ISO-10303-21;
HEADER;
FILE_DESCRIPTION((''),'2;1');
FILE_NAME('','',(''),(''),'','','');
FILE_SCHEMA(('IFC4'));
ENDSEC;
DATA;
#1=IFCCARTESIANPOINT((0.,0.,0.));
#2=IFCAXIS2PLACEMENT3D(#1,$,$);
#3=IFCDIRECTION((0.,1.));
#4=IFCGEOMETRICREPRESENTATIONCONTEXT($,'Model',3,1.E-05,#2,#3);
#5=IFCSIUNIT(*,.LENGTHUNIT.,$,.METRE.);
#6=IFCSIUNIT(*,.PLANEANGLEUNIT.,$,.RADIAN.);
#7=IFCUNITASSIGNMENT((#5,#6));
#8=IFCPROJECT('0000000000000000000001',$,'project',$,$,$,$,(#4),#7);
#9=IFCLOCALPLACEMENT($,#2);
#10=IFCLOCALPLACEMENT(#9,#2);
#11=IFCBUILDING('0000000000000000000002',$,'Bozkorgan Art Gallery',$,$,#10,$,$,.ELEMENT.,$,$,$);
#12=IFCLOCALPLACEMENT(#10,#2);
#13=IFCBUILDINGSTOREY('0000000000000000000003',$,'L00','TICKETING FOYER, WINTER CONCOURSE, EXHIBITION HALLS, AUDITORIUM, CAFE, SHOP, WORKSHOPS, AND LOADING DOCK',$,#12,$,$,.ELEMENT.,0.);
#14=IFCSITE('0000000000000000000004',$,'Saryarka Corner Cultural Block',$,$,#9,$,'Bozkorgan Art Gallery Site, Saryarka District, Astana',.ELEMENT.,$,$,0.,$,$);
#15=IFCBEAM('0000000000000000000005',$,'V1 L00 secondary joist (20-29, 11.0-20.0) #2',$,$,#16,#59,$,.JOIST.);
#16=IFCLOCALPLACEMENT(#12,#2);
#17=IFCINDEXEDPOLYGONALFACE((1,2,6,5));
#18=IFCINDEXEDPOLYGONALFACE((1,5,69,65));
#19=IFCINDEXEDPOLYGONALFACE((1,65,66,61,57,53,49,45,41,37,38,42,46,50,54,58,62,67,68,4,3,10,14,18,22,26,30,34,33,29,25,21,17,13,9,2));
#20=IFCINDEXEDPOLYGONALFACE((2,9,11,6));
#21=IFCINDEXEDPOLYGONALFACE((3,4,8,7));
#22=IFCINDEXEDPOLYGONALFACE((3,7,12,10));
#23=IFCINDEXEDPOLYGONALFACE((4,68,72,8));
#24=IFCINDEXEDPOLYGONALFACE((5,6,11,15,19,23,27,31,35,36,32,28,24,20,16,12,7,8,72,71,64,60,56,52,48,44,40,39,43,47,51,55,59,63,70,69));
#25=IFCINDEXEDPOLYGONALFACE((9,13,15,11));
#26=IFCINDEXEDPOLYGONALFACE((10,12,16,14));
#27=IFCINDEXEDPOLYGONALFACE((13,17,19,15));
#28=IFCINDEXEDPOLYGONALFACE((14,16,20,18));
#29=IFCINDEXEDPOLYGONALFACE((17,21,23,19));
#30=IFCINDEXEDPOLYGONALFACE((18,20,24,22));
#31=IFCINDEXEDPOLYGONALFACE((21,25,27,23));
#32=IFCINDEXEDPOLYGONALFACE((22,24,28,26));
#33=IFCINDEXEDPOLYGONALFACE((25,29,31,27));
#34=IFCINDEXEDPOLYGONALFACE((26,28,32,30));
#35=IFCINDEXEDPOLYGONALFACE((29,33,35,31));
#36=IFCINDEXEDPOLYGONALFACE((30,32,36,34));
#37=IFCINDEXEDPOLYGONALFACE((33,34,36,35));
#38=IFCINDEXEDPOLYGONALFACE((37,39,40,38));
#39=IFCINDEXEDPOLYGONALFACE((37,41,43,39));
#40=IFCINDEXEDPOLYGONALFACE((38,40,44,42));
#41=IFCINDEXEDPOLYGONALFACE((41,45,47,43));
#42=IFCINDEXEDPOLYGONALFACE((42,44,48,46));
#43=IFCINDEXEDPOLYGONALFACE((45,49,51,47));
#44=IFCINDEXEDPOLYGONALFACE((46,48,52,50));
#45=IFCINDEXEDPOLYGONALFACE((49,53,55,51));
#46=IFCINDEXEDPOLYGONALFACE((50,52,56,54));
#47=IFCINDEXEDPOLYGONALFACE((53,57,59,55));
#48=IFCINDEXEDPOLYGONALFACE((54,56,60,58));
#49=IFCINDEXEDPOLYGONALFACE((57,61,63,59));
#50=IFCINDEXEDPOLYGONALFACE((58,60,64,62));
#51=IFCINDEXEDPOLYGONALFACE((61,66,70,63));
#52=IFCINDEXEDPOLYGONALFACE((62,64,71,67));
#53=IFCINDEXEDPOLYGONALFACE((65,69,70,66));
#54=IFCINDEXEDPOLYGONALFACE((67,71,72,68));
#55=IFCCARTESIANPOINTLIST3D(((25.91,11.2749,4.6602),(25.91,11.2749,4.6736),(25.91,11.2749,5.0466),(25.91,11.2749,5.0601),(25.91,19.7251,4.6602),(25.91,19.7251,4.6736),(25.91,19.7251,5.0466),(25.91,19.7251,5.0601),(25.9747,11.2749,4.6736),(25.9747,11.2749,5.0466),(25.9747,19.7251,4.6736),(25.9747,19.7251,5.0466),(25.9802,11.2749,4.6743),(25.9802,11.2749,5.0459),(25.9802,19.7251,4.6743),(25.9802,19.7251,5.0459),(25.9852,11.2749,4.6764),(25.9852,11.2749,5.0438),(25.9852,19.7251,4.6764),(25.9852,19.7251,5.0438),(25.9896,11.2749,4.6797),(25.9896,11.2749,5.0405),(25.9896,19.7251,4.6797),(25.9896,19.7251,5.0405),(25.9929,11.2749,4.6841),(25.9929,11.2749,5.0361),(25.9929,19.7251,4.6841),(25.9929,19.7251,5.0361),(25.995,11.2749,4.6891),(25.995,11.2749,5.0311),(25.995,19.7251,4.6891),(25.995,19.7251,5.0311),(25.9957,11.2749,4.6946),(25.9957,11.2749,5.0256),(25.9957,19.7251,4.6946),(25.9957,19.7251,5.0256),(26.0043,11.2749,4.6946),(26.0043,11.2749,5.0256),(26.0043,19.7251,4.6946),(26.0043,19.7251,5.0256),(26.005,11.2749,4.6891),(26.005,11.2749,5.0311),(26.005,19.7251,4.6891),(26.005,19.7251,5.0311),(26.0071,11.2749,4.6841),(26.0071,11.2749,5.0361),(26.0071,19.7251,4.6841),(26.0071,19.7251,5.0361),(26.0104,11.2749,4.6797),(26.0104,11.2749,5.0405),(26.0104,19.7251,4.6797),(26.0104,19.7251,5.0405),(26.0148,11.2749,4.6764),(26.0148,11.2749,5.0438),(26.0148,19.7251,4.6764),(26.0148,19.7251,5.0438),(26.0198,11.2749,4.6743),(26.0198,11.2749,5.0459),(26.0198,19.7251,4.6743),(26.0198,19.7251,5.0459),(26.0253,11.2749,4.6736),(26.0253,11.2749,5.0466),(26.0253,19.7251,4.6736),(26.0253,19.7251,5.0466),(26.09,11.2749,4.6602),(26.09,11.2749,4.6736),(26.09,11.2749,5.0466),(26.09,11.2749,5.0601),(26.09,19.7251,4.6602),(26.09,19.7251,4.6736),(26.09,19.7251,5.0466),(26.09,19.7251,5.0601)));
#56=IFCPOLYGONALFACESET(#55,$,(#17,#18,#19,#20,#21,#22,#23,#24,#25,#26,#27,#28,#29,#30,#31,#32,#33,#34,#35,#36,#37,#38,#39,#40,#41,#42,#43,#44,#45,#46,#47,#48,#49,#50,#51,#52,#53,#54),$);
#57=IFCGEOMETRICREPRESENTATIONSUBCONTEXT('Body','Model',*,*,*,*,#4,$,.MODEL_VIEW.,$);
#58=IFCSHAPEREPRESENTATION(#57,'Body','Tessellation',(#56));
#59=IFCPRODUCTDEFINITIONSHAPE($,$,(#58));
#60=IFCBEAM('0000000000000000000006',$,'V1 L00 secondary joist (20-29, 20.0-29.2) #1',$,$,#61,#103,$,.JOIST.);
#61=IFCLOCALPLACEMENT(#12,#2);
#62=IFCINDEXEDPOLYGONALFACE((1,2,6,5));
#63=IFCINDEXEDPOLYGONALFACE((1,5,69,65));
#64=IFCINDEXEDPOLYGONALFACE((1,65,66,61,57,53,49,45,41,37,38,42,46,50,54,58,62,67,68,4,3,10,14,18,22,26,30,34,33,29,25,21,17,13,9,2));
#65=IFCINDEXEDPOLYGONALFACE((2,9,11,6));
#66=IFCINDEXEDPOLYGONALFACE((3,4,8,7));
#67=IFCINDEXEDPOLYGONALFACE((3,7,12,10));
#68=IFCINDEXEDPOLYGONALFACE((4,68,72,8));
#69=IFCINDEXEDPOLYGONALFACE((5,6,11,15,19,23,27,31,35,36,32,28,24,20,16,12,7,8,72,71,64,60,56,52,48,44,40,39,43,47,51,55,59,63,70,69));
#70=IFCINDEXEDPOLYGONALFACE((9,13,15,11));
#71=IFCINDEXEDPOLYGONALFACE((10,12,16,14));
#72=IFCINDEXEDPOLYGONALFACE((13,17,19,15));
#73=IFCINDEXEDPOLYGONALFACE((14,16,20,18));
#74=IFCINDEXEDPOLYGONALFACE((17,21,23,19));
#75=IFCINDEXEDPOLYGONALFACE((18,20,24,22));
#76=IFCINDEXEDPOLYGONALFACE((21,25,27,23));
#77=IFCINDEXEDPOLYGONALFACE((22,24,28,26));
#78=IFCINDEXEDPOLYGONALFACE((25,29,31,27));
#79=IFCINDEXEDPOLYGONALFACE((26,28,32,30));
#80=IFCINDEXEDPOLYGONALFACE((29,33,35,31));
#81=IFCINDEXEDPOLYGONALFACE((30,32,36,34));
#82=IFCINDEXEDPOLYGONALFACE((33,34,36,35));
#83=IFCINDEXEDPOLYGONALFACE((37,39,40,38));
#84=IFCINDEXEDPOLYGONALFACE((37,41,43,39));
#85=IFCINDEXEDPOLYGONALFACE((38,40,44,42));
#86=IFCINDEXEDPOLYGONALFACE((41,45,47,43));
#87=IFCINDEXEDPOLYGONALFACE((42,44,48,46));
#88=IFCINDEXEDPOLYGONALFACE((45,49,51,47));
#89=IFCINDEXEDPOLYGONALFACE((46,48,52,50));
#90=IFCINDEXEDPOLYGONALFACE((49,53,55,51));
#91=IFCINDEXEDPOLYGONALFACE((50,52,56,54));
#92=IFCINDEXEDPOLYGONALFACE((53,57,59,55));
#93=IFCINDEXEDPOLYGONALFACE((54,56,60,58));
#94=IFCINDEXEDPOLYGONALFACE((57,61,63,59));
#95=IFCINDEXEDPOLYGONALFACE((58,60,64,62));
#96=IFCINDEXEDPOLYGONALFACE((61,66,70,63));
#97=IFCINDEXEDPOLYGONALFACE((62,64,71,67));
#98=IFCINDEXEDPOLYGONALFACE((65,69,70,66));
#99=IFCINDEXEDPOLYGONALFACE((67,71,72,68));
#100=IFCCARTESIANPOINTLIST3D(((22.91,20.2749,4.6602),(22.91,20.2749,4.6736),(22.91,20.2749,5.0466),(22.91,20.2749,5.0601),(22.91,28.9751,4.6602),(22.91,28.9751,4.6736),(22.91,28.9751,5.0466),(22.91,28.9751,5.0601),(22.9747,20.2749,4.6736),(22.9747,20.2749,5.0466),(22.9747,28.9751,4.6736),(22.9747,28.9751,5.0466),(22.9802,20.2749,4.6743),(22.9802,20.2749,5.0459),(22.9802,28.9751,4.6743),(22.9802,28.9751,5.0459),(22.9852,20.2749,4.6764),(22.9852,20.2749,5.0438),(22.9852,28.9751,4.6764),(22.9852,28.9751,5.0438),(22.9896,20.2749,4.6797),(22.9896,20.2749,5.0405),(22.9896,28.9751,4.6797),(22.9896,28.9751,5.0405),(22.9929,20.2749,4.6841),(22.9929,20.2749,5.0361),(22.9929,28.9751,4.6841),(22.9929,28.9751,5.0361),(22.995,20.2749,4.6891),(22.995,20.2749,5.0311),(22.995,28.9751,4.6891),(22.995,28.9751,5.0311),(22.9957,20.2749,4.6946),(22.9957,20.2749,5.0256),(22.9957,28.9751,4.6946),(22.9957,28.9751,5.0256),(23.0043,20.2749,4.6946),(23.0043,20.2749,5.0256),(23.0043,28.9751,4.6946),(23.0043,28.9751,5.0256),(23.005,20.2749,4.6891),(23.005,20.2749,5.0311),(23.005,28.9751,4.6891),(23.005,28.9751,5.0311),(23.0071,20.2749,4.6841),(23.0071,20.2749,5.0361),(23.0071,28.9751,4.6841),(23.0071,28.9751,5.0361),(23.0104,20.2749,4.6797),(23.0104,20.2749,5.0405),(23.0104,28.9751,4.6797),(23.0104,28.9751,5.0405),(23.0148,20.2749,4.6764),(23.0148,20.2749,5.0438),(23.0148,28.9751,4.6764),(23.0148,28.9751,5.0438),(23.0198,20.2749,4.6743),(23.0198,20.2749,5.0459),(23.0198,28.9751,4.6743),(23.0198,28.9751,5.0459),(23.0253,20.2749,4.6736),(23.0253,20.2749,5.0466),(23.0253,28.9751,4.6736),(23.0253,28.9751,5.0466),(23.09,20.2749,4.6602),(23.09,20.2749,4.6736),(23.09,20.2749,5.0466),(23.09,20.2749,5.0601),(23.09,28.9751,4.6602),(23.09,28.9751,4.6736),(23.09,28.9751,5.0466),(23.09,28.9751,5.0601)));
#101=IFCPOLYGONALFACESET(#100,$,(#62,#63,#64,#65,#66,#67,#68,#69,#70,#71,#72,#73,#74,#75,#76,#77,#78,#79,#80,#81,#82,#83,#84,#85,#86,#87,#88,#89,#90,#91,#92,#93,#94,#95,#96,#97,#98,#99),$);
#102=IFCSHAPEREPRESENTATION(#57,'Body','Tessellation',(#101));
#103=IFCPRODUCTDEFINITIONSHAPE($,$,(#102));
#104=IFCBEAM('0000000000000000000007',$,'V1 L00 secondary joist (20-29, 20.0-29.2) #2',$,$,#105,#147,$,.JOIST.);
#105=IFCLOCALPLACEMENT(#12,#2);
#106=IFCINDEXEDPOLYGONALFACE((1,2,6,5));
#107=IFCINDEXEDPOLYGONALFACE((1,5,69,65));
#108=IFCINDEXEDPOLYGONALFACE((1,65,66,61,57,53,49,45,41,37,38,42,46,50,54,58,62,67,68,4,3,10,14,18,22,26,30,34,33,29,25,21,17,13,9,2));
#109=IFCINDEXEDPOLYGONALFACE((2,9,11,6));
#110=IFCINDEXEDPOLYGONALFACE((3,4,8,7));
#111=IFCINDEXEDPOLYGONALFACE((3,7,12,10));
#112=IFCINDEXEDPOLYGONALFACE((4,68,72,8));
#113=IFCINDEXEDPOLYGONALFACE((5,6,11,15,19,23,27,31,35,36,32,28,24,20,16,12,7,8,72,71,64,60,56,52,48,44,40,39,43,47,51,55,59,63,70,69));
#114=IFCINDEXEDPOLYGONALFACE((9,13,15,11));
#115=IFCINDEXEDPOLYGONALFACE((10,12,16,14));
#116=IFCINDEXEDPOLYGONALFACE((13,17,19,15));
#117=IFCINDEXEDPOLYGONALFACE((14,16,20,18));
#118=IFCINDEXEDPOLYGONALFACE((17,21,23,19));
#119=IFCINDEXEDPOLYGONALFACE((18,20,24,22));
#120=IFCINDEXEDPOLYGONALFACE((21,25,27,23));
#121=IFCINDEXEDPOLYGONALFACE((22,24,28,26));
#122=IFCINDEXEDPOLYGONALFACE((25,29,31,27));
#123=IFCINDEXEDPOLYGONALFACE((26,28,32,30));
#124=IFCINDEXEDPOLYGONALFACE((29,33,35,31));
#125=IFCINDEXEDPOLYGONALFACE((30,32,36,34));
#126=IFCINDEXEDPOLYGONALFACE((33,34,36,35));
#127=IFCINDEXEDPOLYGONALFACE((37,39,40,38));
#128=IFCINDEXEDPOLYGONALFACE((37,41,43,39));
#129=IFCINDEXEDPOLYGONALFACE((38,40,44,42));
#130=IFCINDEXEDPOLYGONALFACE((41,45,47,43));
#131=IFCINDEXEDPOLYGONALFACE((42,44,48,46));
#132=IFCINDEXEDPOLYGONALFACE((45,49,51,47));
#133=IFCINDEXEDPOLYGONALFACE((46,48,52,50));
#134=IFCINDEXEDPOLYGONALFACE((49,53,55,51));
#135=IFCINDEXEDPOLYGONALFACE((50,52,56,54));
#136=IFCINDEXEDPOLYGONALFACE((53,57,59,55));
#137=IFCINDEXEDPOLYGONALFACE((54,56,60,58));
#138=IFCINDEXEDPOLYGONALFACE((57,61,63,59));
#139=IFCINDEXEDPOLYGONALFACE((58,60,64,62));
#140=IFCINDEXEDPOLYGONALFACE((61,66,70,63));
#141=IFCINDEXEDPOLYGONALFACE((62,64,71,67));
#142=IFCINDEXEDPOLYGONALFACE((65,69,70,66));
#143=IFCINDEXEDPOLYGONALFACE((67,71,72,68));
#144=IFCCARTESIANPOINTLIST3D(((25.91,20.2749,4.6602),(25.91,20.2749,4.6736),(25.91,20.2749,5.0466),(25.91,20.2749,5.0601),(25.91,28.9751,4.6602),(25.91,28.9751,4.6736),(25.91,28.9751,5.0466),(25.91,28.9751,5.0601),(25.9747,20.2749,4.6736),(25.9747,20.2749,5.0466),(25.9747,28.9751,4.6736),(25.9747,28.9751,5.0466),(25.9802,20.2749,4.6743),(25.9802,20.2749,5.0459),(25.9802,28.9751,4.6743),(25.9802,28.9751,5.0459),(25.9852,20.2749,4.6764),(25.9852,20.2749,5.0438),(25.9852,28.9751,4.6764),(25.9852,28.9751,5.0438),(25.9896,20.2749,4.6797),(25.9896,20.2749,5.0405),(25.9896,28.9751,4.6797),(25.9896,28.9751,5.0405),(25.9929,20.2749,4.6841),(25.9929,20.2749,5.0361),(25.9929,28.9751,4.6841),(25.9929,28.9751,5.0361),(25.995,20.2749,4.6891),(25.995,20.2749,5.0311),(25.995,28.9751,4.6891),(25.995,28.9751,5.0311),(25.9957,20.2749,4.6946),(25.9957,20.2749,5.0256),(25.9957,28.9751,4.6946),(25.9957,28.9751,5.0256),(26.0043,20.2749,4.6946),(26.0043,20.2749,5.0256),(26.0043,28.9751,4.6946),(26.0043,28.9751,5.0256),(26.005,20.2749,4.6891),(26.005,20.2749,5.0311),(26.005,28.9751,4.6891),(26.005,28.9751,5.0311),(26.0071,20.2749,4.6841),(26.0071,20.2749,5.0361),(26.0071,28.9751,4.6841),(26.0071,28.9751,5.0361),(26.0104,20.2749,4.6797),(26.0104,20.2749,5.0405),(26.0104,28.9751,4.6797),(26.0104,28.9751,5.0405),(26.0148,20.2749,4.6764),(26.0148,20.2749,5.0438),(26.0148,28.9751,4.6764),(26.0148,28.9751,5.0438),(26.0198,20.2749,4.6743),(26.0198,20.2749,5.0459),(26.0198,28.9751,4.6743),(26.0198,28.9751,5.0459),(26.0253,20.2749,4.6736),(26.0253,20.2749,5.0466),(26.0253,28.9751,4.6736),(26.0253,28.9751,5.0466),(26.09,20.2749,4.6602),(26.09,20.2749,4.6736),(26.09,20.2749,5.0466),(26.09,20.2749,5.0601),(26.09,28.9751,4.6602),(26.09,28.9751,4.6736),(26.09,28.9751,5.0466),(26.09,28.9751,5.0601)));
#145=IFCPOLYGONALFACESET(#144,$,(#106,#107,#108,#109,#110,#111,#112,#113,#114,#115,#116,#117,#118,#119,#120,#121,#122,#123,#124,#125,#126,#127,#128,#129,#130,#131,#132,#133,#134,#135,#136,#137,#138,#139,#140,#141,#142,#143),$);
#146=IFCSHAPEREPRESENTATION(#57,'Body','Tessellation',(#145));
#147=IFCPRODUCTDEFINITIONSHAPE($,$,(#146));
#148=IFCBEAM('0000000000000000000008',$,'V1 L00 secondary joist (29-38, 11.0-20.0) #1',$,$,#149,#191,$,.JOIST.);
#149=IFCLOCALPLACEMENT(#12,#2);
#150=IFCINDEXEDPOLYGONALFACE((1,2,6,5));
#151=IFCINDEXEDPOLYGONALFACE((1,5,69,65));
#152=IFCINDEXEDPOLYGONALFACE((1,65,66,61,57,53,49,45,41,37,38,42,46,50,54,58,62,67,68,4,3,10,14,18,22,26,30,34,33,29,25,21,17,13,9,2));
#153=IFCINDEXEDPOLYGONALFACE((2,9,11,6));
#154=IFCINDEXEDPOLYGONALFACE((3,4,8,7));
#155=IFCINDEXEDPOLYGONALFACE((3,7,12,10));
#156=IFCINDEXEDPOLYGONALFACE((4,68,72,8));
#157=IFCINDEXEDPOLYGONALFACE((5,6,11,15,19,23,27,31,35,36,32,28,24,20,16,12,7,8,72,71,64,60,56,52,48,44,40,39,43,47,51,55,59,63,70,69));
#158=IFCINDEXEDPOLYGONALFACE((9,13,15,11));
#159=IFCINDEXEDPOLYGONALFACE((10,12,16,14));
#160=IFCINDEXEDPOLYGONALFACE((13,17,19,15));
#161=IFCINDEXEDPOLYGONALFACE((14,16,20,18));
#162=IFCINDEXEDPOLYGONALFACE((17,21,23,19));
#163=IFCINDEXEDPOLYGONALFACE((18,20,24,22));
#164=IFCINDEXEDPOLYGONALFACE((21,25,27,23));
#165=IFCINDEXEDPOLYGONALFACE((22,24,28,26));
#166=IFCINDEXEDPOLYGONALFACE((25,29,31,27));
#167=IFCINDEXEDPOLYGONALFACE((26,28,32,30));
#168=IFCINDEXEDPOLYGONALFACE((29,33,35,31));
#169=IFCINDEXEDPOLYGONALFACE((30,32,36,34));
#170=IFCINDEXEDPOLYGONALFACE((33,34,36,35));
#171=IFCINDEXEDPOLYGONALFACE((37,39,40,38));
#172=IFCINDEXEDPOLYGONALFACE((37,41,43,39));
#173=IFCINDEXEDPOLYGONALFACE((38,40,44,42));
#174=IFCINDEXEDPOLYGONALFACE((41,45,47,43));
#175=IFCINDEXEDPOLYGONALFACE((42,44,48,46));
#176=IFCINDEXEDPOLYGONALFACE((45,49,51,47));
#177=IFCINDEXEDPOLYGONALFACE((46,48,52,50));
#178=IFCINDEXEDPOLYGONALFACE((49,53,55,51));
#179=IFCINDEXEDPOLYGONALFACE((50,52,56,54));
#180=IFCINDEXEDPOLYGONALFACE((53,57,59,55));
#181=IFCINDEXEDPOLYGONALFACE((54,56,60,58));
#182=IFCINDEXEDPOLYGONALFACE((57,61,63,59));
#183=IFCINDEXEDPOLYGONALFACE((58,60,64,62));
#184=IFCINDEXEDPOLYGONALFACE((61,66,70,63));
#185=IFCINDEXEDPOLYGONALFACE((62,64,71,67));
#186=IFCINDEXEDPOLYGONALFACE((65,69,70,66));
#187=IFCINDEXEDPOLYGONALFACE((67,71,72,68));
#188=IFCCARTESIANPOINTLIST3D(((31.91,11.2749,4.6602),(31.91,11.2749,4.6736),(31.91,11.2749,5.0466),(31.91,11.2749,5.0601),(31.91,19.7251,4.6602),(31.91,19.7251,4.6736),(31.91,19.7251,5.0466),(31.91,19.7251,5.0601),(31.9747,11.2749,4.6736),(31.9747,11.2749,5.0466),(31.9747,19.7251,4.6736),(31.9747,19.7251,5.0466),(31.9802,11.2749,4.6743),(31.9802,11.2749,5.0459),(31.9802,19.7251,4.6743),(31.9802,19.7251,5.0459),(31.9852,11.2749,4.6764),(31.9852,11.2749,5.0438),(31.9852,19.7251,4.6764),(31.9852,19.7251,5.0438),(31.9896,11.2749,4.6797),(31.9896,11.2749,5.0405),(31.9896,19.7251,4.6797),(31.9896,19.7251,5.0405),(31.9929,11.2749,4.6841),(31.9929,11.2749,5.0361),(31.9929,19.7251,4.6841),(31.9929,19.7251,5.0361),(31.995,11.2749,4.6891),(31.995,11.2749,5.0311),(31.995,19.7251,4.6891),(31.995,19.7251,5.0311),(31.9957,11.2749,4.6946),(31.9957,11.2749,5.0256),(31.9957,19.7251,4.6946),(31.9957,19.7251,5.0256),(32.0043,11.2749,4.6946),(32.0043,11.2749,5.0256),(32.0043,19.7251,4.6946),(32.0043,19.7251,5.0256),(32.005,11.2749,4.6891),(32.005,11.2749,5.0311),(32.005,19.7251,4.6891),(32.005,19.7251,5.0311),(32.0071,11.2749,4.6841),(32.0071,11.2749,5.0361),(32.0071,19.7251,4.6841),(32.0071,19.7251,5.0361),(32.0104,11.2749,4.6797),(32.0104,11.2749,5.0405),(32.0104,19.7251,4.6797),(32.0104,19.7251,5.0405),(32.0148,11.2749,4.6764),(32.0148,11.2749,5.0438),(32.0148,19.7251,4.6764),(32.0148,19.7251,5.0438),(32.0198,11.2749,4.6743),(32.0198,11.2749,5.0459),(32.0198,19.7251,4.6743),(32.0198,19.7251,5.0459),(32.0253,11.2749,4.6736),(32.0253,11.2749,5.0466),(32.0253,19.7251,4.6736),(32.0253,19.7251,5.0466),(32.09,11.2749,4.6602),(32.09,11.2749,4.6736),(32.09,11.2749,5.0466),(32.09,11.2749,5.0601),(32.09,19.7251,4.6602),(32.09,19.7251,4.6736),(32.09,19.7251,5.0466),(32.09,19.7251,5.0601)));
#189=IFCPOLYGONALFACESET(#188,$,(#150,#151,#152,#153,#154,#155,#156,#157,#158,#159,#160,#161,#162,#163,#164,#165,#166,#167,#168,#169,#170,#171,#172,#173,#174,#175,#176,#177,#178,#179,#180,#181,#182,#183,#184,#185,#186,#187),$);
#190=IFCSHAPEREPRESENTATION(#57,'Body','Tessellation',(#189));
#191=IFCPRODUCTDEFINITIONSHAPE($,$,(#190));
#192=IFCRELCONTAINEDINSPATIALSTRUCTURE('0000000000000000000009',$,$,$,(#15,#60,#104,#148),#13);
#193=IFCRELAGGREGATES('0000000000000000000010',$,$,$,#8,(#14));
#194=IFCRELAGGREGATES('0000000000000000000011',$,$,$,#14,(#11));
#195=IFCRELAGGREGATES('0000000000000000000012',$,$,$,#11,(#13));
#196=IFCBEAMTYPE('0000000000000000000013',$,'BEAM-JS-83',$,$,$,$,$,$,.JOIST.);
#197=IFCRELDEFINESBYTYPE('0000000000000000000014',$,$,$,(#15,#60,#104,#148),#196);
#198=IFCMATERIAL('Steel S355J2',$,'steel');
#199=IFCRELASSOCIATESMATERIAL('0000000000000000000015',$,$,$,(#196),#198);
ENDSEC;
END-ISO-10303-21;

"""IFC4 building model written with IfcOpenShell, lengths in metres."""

from ifc_helpers import new_model, si_unit, direction, frame, origin, origin_2d, place, context, subcontext, project, spatial, i_section, extrude, material, material_profile, profile_set, type_object, element, save


model = new_model("IFC4")

# Units and contexts
model_context = context("Model", 3, precision=1e-05, world=origin(), true_north=direction((0.0, 1.0)))
body_context = subcontext(model_context, "Body", "Model", "MODEL_VIEW")
ifc_project = project(units=[si_unit("LENGTHUNIT", "METRE"), si_unit("PLANEANGLEUNIT", "RADIAN")], contexts=[model_context])

# Site, building, storey
site_placement = place(None, origin())
site = spatial("IfcSite", under=ifc_project, at=site_placement, Name="Saryarka Corner Cultural Block", LongName="Bozkorgan Art Gallery Site, Saryarka District, Astana", CompositionType="ELEMENT", RefElevation=0.0)
building_placement = place(site_placement, origin())
building = spatial("IfcBuilding", under=site, at=building_placement, Name="Bozkorgan Art Gallery", CompositionType="ELEMENT")
storey_placement = place(building_placement, origin())
storey = spatial("IfcBuildingStorey", under=building, at=storey_placement, Name="L00", Description="TICKETING FOYER, WINTER CONCOURSE, EXHIBITION HALLS, AUDITORIUM, CAFE, SHOP, WORKSHOPS, AND LOADING DOCK", CompositionType="ELEMENT", Elevation=0.0)

# Beams
ifc_material_1 = material(Name="Steel S355J2", Category="steel")
ifc_material_profile_1 = material_profile(ifc_material_1, i_section(OverallWidth=0.1799, OverallDepth=0.3999, WebThickness=0.0085, FlangeThickness=0.0134, FilletRadius=0.021, at=origin_2d()), Name="IPE 400")
ifc_profile_set_1 = profile_set([ifc_material_profile_1], Name="Steel S355J2")
beam_type_1 = type_object("IfcBeamType", Name="BEAM-JS-83", PredefinedType="JOIST", material=ifc_profile_set_1)
for number, where, z_axis, x_axis, name in (
    (1, (26.0, 11.2749, 4.8601), (0.0, 1.0, 0.0), (-1.0, 0.0, 0.0), "V1 L00 secondary joist (20-29, 11.0-20.0) #2"),
):
    element("IfcBeam", number, at=place(storey_placement, frame(where, z_axis=z_axis, x_axis=x_axis)), inside=storey, type_object=beam_type_1, Name=name, PredefinedType="JOIST", context=body_context, shape_type="SweptSolid", body=[
        extrude(i_section(OverallWidth=0.1799, OverallDepth=0.3999, WebThickness=0.0085, FlangeThickness=0.0134, FilletRadius=0.021, at=origin_2d()), origin(), (0.0, 0.0, 1.0), 8.4502),
    ])
for number, where, z_axis, x_axis, name in (
    (2, (23.0, 20.2749, 4.8601), (0.0, 1.0, 0.0), (-1.0, 0.0, 0.0), "V1 L00 secondary joist (20-29, 20.0-29.2) #1"),
    (3, (26.0, 20.2749, 4.8601), (0.0, 1.0, 0.0), (-1.0, 0.0, 0.0), "V1 L00 secondary joist (20-29, 20.0-29.2) #2"),
):
    element("IfcBeam", number, at=place(storey_placement, frame(where, z_axis=z_axis, x_axis=x_axis)), inside=storey, type_object=beam_type_1, Name=name, PredefinedType="JOIST", context=body_context, shape_type="SweptSolid", body=[
        extrude(i_section(OverallWidth=0.1799, OverallDepth=0.3999, WebThickness=0.0085, FlangeThickness=0.0134, FilletRadius=0.021, at=origin_2d()), origin(), (0.0, 0.0, 1.0), 8.7002),
    ])
for number, where, z_axis, x_axis, name in (
    (4, (32.0, 11.2749, 4.8601), (0.0, 1.0, 0.0), (-1.0, 0.0, 0.0), "V1 L00 secondary joist (29-38, 11.0-20.0) #1"),
):
    element("IfcBeam", number, at=place(storey_placement, frame(where, z_axis=z_axis, x_axis=x_axis)), inside=storey, type_object=beam_type_1, Name=name, PredefinedType="JOIST", context=body_context, shape_type="SweptSolid", body=[
        extrude(i_section(OverallWidth=0.1799, OverallDepth=0.3999, WebThickness=0.0085, FlangeThickness=0.0134, FilletRadius=0.021, at=origin_2d()), origin(), (0.0, 0.0, 1.0), 8.4502),
    ])

save(model, "model.ifc")
